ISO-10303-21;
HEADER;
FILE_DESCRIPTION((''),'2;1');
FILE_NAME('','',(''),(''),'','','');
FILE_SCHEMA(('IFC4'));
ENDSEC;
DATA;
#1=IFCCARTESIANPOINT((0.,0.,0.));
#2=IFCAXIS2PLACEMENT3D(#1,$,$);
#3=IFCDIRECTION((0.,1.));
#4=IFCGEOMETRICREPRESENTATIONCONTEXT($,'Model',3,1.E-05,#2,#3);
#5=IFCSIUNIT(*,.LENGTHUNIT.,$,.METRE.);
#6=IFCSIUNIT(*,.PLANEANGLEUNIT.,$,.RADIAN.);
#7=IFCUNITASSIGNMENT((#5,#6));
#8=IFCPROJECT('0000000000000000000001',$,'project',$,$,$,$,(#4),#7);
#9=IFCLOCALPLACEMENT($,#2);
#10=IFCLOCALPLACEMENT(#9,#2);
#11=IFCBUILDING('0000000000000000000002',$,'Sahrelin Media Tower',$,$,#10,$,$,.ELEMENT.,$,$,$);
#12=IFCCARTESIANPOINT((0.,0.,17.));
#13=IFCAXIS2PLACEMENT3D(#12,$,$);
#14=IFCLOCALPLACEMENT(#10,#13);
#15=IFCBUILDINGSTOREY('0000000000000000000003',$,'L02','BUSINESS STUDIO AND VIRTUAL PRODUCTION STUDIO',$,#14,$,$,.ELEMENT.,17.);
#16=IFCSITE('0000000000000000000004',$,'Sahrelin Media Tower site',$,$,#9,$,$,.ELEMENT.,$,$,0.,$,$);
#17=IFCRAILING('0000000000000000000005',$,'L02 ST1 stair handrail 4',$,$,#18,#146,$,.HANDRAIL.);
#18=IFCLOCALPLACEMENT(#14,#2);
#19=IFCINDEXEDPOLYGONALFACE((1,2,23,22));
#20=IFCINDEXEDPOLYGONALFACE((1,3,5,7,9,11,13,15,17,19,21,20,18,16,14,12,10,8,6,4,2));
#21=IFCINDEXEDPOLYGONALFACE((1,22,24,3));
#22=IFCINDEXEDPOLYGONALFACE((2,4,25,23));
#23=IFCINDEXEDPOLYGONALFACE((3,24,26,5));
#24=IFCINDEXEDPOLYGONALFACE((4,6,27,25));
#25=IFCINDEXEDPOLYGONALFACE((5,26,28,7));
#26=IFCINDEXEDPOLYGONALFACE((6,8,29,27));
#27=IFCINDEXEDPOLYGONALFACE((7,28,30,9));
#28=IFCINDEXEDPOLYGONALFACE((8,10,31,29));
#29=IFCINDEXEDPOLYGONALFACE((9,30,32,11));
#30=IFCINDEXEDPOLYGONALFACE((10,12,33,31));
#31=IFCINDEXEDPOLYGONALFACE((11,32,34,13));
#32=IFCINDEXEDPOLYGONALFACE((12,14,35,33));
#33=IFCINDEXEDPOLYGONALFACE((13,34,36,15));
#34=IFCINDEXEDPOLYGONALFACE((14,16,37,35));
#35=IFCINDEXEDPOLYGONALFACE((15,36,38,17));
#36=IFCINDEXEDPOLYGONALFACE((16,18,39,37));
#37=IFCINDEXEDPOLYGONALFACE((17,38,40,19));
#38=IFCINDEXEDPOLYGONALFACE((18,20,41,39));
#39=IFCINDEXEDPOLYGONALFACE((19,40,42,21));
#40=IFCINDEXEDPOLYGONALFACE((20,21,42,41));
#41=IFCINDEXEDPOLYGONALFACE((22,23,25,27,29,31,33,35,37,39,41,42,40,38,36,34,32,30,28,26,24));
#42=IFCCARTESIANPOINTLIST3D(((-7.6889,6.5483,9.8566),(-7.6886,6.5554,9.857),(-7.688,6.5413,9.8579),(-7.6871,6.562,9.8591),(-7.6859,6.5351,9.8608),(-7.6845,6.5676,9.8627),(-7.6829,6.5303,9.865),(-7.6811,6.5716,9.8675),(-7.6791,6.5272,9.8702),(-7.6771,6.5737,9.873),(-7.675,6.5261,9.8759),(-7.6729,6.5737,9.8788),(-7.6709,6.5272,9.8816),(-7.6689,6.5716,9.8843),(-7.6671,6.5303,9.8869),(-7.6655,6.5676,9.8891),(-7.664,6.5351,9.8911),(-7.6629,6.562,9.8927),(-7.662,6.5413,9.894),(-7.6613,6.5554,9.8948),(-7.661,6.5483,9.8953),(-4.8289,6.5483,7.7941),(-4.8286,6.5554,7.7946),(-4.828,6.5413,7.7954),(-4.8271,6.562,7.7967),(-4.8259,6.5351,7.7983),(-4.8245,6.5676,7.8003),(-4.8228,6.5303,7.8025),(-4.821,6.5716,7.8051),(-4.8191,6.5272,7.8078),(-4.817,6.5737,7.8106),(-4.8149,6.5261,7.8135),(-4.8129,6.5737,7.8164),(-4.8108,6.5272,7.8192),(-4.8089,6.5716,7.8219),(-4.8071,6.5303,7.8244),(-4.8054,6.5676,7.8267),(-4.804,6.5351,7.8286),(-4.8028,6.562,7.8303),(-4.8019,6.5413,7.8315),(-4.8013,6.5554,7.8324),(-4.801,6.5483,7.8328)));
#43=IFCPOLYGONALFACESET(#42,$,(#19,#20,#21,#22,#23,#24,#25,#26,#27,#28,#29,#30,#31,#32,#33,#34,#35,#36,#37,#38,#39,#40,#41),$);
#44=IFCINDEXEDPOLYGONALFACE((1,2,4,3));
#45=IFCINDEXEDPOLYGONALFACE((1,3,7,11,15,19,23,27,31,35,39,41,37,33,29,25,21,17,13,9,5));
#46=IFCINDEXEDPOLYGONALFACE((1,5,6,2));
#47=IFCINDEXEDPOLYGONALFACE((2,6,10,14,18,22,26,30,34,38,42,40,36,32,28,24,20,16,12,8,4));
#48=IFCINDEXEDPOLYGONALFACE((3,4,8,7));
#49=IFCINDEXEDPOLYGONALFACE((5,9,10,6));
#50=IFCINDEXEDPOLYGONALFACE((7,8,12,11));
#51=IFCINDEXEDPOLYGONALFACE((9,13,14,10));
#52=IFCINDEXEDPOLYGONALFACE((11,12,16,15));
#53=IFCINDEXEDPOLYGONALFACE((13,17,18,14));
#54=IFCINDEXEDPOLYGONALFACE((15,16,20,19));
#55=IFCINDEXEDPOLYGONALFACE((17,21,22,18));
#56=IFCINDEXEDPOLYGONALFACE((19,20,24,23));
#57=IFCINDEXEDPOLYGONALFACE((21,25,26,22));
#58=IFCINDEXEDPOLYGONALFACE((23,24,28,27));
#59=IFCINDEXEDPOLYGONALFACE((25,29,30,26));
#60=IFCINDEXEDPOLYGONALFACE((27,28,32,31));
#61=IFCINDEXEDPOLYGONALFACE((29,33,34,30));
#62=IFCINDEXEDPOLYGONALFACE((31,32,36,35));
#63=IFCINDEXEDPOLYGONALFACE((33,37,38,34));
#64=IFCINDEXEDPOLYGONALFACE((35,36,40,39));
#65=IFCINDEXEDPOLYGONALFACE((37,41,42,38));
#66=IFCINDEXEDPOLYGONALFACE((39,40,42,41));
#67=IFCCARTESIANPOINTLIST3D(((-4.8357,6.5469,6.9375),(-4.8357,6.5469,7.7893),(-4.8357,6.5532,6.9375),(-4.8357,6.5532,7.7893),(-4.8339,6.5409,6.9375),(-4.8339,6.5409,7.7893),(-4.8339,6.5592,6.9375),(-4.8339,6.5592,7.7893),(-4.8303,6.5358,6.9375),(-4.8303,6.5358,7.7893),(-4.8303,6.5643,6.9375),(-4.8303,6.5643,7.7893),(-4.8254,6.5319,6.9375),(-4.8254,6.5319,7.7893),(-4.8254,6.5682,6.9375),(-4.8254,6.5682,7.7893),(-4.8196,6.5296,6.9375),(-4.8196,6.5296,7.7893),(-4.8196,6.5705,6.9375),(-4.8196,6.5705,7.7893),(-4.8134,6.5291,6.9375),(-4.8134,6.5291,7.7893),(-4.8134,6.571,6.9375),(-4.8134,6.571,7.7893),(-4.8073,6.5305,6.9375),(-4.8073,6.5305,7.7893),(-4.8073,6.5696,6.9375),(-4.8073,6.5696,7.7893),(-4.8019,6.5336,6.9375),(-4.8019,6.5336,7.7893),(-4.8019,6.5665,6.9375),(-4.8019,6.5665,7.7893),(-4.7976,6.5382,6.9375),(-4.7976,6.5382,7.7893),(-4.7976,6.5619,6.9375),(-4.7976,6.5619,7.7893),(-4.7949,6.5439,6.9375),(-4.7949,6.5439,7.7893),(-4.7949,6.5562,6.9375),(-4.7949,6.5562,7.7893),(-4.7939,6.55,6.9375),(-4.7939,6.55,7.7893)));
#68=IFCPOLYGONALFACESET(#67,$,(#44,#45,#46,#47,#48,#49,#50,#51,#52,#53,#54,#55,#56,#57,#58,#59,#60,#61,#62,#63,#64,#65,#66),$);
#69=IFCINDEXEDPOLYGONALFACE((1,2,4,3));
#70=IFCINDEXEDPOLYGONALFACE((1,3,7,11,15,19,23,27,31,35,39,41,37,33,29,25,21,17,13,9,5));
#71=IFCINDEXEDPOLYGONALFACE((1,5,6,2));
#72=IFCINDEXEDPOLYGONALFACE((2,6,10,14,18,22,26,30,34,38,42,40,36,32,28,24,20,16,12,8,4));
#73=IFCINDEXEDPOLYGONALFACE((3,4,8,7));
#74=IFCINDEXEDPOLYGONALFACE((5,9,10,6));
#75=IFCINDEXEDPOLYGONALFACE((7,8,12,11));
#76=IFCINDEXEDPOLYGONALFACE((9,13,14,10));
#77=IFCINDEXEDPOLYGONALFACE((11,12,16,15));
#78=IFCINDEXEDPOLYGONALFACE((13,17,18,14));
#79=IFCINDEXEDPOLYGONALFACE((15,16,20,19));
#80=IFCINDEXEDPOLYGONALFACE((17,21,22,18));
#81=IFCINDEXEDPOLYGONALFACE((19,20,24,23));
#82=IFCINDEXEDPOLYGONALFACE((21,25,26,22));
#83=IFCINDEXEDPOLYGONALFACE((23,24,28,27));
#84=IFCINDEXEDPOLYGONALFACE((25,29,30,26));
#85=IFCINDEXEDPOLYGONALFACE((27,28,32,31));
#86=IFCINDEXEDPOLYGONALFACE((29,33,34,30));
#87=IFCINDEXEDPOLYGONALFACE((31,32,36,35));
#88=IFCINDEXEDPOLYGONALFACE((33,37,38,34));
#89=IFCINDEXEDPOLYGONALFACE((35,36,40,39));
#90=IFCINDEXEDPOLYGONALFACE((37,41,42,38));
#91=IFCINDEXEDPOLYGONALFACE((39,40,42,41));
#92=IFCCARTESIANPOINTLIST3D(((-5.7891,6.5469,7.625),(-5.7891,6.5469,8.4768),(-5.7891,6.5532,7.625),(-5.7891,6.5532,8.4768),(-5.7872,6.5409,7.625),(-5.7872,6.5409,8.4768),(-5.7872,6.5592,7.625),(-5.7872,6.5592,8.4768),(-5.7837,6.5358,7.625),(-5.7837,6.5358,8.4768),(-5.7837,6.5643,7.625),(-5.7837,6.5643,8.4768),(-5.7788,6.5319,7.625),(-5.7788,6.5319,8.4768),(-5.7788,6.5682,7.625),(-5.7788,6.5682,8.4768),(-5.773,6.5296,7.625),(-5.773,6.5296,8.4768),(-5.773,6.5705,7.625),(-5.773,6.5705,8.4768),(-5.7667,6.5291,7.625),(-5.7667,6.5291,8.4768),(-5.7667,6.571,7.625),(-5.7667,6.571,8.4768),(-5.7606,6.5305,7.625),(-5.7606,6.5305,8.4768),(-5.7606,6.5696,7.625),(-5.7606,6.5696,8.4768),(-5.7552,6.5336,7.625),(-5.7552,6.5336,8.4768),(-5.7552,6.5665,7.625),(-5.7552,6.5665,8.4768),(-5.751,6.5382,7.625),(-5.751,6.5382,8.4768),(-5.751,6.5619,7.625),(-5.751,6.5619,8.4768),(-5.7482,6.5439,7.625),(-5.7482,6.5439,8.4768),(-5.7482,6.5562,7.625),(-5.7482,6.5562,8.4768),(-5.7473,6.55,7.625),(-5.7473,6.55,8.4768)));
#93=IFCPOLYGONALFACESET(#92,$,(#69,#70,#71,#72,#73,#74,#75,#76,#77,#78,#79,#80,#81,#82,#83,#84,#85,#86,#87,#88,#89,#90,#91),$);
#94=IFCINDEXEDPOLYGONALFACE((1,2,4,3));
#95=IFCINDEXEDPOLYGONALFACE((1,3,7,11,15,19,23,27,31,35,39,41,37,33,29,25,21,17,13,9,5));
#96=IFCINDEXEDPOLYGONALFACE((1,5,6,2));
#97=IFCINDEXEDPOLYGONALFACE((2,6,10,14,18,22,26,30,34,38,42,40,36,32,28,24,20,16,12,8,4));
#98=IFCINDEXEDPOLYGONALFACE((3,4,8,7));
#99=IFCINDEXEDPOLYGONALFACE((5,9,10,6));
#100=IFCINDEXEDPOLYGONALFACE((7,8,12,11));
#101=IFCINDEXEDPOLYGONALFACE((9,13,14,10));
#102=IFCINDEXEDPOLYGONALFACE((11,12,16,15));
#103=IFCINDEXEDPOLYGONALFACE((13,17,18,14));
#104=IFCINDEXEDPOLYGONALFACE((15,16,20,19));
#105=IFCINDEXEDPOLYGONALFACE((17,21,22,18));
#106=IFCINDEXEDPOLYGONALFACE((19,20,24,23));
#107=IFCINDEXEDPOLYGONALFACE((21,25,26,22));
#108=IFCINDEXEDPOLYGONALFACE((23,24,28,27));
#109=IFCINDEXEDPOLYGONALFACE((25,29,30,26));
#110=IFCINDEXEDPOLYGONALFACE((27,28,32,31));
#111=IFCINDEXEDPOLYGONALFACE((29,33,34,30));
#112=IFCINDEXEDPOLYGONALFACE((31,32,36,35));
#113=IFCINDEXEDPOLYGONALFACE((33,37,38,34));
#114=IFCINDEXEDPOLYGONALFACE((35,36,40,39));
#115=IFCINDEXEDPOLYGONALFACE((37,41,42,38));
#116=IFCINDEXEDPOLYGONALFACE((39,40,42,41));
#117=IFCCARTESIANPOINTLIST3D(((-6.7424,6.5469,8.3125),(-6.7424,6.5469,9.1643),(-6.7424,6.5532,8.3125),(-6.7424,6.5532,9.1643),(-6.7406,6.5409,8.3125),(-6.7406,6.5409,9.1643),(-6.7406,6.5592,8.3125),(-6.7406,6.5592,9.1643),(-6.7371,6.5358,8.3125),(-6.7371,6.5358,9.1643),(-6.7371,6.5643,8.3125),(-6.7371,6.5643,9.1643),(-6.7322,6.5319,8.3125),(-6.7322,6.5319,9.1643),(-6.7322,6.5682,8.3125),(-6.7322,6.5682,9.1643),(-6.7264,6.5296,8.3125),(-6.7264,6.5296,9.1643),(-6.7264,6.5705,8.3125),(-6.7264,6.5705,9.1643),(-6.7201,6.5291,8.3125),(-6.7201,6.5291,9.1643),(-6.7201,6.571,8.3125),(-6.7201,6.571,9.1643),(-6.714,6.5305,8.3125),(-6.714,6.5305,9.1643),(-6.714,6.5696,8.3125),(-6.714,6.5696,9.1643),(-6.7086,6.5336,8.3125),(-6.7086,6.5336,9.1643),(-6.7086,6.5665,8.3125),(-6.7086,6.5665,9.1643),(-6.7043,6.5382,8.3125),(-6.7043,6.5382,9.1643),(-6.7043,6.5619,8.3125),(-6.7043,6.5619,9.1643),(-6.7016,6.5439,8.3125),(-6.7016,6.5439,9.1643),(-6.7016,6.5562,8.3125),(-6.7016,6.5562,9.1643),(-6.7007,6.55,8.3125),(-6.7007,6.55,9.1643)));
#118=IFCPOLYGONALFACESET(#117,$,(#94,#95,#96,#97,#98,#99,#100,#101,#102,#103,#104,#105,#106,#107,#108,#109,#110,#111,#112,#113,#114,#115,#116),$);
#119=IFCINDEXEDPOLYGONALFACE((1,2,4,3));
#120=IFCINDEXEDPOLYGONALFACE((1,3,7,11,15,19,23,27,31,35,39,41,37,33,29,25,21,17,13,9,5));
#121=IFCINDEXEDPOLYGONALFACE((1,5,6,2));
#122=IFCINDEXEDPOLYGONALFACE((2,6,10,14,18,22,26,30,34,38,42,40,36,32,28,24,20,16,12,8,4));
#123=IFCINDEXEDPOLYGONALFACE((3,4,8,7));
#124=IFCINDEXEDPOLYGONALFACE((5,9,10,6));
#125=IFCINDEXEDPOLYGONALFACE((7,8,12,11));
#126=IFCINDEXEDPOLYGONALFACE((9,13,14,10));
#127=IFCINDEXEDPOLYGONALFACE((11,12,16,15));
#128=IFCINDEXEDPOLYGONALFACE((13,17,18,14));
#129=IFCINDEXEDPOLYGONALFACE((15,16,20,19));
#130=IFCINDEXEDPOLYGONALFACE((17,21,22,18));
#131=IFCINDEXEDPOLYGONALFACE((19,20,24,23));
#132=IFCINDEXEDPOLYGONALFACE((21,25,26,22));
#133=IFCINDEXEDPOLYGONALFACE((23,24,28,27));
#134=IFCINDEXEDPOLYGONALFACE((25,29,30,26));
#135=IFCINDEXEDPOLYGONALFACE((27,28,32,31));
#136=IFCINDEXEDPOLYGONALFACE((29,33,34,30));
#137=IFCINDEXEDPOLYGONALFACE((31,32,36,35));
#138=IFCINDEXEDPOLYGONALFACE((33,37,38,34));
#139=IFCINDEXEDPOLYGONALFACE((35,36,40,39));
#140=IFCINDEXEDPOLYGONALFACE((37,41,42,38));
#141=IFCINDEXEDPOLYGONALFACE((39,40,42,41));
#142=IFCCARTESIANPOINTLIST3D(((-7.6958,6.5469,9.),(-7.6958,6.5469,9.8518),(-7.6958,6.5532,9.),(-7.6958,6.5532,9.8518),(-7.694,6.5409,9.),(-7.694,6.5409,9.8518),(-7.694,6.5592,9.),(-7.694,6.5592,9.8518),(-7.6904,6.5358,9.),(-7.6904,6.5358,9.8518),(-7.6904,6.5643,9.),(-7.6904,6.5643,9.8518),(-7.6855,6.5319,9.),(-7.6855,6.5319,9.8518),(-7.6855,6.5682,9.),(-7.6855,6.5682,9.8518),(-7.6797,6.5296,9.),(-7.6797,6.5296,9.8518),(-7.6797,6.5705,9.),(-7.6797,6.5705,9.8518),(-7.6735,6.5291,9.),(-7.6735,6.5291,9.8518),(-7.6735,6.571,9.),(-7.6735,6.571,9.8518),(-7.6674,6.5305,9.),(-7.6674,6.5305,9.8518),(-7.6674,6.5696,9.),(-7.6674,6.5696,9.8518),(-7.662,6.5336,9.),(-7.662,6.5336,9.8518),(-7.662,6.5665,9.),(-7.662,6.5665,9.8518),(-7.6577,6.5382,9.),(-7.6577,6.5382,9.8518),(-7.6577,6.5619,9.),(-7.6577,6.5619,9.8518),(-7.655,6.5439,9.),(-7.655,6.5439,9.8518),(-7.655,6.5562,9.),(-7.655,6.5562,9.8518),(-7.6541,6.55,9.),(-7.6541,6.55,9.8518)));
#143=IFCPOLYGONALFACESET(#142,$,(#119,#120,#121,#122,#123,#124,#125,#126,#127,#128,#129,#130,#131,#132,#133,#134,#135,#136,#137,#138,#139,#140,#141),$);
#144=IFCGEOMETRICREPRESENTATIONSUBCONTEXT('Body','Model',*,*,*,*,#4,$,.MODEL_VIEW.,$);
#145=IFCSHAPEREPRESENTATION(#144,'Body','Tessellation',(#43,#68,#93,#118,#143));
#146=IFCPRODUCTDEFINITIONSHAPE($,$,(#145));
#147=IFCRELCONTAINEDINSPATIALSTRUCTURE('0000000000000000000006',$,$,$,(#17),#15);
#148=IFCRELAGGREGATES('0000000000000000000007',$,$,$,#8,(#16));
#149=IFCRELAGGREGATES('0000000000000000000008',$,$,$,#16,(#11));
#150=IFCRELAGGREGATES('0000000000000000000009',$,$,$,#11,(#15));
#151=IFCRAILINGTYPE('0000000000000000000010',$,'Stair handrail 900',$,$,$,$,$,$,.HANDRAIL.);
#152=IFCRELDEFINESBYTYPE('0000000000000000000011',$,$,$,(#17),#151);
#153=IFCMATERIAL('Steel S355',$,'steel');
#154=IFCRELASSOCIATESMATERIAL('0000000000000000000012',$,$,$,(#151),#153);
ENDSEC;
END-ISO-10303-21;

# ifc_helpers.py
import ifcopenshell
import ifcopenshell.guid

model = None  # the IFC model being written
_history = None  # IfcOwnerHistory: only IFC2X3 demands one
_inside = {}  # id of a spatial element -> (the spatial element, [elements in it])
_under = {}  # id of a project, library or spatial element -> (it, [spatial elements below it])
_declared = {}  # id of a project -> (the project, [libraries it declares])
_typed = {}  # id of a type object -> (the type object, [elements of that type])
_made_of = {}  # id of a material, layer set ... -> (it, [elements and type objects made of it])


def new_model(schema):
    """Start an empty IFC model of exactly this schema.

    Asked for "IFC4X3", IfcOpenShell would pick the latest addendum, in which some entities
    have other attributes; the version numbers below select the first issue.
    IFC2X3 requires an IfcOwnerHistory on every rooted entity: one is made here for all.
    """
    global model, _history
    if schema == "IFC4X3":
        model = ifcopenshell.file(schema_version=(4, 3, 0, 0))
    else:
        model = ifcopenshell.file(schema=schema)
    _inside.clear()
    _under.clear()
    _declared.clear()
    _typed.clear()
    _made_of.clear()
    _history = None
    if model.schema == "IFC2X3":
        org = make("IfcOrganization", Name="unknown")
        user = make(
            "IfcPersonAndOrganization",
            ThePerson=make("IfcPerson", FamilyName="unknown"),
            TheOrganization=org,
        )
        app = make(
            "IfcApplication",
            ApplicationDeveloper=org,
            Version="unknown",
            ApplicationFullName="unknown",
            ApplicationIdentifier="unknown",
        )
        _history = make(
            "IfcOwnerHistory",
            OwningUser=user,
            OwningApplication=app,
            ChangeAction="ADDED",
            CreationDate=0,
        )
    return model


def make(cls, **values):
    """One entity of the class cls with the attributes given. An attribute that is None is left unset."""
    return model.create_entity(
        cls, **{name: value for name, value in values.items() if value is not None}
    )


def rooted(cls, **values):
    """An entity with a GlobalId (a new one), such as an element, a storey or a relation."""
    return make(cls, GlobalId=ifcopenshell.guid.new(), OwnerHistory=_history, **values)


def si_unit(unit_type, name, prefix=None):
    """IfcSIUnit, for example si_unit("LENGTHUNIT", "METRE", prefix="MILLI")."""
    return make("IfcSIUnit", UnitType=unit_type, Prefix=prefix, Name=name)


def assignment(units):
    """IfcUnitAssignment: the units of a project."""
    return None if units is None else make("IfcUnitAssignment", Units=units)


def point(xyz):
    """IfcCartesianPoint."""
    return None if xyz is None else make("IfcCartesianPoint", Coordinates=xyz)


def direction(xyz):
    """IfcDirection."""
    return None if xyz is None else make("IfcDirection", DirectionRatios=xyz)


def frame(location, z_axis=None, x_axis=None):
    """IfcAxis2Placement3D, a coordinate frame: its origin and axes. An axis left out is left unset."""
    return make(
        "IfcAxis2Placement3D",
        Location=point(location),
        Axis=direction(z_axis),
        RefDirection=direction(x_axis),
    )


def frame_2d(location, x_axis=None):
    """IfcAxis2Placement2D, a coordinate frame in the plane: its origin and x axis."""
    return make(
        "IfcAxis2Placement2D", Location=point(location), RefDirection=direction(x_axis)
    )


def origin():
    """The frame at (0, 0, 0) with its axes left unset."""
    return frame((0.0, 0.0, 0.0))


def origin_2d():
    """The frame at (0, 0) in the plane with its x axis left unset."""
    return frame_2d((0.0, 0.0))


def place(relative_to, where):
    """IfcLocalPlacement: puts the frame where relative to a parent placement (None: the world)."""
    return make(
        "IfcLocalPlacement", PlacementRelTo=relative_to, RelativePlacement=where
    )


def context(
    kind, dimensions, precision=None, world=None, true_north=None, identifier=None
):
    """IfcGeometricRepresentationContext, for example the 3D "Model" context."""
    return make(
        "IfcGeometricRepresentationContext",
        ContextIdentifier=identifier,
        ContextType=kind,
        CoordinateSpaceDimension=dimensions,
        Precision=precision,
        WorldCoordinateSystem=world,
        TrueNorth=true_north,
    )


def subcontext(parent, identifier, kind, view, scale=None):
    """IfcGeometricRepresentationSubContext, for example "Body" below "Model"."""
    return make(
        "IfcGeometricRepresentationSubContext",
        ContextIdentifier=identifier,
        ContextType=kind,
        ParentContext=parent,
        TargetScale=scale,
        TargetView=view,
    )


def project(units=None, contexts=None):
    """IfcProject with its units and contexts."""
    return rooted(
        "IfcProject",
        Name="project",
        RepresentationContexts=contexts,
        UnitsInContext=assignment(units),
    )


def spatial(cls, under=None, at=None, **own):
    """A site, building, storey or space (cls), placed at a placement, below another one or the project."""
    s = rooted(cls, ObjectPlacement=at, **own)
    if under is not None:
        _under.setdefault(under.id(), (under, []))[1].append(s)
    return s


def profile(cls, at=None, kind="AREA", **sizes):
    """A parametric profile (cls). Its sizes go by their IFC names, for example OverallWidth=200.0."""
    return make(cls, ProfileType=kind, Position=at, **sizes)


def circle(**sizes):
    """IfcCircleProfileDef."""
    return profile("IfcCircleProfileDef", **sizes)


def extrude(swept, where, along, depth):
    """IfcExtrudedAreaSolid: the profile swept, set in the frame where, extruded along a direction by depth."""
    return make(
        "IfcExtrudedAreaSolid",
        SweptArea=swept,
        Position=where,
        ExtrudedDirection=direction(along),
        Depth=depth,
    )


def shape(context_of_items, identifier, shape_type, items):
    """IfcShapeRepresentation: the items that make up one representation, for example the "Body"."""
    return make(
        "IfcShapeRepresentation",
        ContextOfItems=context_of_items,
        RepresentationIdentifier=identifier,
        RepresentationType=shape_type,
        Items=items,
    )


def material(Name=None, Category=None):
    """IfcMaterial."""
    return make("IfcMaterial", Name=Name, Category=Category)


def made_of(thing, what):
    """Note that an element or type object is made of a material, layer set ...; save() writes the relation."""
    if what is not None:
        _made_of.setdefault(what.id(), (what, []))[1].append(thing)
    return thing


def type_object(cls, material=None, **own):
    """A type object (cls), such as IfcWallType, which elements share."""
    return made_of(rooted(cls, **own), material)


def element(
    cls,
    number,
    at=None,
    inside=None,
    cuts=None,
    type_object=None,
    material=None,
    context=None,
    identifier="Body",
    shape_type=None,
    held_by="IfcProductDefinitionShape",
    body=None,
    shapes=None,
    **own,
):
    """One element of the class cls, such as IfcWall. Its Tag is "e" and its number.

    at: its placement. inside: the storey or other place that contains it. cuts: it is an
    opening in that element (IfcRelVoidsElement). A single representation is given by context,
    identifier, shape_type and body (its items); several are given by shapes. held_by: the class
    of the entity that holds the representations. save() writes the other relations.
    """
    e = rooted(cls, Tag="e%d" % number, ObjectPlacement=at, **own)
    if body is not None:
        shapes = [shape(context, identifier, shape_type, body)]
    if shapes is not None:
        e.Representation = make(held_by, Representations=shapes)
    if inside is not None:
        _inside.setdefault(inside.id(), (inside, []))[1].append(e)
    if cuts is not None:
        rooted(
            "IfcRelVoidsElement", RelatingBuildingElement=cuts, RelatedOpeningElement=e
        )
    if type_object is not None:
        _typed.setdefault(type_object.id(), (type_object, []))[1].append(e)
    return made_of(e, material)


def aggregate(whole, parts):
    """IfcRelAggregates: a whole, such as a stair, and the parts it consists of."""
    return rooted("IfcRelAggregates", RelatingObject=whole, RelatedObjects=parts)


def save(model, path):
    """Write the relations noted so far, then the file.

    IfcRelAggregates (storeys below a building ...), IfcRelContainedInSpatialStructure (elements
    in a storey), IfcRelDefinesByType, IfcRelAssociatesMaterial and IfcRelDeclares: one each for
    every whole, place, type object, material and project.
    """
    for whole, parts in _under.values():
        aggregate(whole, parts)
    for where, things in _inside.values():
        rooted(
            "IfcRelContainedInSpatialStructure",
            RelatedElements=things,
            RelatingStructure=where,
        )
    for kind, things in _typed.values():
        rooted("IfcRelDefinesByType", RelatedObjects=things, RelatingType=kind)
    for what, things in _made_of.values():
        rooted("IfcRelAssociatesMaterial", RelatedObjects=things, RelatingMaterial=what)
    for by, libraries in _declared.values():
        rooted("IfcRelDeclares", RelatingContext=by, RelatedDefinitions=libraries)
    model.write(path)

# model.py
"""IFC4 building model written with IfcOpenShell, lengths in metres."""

from ifc_helpers import new_model, si_unit, direction, frame, origin, origin_2d, place, context, subcontext, project, spatial, circle, extrude, material, type_object, element, save


model = new_model("IFC4")

# Units and contexts
model_context = context("Model", 3, precision=1e-05, world=origin(), true_north=direction((0.0, 1.0)))
body_context = subcontext(model_context, "Body", "Model", "MODEL_VIEW")
ifc_project = project(units=[si_unit("LENGTHUNIT", "METRE"), si_unit("PLANEANGLEUNIT", "RADIAN")], contexts=[model_context])

# Site, building, storey
site_placement = place(None, origin())
site = spatial("IfcSite", under=ifc_project, at=site_placement, Name="Sahrelin Media Tower site", CompositionType="ELEMENT", RefElevation=0.0)
building_placement = place(site_placement, origin())
building = spatial("IfcBuilding", under=site, at=building_placement, Name="Sahrelin Media Tower", CompositionType="ELEMENT")
storey_placement = place(building_placement, frame((0.0, 0.0, 17.0)))
storey = spatial("IfcBuildingStorey", under=building, at=storey_placement, Name="L02", Description="BUSINESS STUDIO AND VIRTUAL PRODUCTION STUDIO", CompositionType="ELEMENT", Elevation=17.0)

# Shared definitions
ifc_material_1 = material(Name="Steel S355", Category="steel")

# Railing
railing_type_1 = type_object("IfcRailingType", Name="Stair handrail 900", PredefinedType="HANDRAIL", material=ifc_material_1)
for number, where, name in (
    (1, (-4.8149, 6.55, 6.9375), "L02 ST1 stair handrail 4"),
):
    element("IfcRailing", number, at=place(storey_placement, frame(where)), inside=storey, type_object=railing_type_1, Name=name, PredefinedType="HANDRAIL", context=body_context, shape_type="SweptSolid", body=[
        extrude(circle(Radius=0.0239, at=origin_2d()), frame((0.0, 0.0, 0.876), z_axis=(-0.811101, 0.0, 0.584906), x_axis=(0.0, -1.0, 0.0)), (0.0, 0.0, 1.0), 3.5261),
        extrude(circle(Radius=0.021, at=origin_2d()), origin(), (0.0, 0.0, 1.0), 0.8518),
        extrude(circle(Radius=0.021, at=origin_2d()), frame((-0.9534, 0.0, 0.6875)), (0.0, 0.0, 1.0), 0.8518),
        extrude(circle(Radius=0.021, at=origin_2d()), frame((-1.9067, 0.0, 1.375)), (0.0, 0.0, 1.0), 0.8518),
        extrude(circle(Radius=0.021, at=origin_2d()), frame((-2.8601, 0.0, 2.0625)), (0.0, 0.0, 1.0), 0.8518),
    ])

save(model, "model.ifc")
